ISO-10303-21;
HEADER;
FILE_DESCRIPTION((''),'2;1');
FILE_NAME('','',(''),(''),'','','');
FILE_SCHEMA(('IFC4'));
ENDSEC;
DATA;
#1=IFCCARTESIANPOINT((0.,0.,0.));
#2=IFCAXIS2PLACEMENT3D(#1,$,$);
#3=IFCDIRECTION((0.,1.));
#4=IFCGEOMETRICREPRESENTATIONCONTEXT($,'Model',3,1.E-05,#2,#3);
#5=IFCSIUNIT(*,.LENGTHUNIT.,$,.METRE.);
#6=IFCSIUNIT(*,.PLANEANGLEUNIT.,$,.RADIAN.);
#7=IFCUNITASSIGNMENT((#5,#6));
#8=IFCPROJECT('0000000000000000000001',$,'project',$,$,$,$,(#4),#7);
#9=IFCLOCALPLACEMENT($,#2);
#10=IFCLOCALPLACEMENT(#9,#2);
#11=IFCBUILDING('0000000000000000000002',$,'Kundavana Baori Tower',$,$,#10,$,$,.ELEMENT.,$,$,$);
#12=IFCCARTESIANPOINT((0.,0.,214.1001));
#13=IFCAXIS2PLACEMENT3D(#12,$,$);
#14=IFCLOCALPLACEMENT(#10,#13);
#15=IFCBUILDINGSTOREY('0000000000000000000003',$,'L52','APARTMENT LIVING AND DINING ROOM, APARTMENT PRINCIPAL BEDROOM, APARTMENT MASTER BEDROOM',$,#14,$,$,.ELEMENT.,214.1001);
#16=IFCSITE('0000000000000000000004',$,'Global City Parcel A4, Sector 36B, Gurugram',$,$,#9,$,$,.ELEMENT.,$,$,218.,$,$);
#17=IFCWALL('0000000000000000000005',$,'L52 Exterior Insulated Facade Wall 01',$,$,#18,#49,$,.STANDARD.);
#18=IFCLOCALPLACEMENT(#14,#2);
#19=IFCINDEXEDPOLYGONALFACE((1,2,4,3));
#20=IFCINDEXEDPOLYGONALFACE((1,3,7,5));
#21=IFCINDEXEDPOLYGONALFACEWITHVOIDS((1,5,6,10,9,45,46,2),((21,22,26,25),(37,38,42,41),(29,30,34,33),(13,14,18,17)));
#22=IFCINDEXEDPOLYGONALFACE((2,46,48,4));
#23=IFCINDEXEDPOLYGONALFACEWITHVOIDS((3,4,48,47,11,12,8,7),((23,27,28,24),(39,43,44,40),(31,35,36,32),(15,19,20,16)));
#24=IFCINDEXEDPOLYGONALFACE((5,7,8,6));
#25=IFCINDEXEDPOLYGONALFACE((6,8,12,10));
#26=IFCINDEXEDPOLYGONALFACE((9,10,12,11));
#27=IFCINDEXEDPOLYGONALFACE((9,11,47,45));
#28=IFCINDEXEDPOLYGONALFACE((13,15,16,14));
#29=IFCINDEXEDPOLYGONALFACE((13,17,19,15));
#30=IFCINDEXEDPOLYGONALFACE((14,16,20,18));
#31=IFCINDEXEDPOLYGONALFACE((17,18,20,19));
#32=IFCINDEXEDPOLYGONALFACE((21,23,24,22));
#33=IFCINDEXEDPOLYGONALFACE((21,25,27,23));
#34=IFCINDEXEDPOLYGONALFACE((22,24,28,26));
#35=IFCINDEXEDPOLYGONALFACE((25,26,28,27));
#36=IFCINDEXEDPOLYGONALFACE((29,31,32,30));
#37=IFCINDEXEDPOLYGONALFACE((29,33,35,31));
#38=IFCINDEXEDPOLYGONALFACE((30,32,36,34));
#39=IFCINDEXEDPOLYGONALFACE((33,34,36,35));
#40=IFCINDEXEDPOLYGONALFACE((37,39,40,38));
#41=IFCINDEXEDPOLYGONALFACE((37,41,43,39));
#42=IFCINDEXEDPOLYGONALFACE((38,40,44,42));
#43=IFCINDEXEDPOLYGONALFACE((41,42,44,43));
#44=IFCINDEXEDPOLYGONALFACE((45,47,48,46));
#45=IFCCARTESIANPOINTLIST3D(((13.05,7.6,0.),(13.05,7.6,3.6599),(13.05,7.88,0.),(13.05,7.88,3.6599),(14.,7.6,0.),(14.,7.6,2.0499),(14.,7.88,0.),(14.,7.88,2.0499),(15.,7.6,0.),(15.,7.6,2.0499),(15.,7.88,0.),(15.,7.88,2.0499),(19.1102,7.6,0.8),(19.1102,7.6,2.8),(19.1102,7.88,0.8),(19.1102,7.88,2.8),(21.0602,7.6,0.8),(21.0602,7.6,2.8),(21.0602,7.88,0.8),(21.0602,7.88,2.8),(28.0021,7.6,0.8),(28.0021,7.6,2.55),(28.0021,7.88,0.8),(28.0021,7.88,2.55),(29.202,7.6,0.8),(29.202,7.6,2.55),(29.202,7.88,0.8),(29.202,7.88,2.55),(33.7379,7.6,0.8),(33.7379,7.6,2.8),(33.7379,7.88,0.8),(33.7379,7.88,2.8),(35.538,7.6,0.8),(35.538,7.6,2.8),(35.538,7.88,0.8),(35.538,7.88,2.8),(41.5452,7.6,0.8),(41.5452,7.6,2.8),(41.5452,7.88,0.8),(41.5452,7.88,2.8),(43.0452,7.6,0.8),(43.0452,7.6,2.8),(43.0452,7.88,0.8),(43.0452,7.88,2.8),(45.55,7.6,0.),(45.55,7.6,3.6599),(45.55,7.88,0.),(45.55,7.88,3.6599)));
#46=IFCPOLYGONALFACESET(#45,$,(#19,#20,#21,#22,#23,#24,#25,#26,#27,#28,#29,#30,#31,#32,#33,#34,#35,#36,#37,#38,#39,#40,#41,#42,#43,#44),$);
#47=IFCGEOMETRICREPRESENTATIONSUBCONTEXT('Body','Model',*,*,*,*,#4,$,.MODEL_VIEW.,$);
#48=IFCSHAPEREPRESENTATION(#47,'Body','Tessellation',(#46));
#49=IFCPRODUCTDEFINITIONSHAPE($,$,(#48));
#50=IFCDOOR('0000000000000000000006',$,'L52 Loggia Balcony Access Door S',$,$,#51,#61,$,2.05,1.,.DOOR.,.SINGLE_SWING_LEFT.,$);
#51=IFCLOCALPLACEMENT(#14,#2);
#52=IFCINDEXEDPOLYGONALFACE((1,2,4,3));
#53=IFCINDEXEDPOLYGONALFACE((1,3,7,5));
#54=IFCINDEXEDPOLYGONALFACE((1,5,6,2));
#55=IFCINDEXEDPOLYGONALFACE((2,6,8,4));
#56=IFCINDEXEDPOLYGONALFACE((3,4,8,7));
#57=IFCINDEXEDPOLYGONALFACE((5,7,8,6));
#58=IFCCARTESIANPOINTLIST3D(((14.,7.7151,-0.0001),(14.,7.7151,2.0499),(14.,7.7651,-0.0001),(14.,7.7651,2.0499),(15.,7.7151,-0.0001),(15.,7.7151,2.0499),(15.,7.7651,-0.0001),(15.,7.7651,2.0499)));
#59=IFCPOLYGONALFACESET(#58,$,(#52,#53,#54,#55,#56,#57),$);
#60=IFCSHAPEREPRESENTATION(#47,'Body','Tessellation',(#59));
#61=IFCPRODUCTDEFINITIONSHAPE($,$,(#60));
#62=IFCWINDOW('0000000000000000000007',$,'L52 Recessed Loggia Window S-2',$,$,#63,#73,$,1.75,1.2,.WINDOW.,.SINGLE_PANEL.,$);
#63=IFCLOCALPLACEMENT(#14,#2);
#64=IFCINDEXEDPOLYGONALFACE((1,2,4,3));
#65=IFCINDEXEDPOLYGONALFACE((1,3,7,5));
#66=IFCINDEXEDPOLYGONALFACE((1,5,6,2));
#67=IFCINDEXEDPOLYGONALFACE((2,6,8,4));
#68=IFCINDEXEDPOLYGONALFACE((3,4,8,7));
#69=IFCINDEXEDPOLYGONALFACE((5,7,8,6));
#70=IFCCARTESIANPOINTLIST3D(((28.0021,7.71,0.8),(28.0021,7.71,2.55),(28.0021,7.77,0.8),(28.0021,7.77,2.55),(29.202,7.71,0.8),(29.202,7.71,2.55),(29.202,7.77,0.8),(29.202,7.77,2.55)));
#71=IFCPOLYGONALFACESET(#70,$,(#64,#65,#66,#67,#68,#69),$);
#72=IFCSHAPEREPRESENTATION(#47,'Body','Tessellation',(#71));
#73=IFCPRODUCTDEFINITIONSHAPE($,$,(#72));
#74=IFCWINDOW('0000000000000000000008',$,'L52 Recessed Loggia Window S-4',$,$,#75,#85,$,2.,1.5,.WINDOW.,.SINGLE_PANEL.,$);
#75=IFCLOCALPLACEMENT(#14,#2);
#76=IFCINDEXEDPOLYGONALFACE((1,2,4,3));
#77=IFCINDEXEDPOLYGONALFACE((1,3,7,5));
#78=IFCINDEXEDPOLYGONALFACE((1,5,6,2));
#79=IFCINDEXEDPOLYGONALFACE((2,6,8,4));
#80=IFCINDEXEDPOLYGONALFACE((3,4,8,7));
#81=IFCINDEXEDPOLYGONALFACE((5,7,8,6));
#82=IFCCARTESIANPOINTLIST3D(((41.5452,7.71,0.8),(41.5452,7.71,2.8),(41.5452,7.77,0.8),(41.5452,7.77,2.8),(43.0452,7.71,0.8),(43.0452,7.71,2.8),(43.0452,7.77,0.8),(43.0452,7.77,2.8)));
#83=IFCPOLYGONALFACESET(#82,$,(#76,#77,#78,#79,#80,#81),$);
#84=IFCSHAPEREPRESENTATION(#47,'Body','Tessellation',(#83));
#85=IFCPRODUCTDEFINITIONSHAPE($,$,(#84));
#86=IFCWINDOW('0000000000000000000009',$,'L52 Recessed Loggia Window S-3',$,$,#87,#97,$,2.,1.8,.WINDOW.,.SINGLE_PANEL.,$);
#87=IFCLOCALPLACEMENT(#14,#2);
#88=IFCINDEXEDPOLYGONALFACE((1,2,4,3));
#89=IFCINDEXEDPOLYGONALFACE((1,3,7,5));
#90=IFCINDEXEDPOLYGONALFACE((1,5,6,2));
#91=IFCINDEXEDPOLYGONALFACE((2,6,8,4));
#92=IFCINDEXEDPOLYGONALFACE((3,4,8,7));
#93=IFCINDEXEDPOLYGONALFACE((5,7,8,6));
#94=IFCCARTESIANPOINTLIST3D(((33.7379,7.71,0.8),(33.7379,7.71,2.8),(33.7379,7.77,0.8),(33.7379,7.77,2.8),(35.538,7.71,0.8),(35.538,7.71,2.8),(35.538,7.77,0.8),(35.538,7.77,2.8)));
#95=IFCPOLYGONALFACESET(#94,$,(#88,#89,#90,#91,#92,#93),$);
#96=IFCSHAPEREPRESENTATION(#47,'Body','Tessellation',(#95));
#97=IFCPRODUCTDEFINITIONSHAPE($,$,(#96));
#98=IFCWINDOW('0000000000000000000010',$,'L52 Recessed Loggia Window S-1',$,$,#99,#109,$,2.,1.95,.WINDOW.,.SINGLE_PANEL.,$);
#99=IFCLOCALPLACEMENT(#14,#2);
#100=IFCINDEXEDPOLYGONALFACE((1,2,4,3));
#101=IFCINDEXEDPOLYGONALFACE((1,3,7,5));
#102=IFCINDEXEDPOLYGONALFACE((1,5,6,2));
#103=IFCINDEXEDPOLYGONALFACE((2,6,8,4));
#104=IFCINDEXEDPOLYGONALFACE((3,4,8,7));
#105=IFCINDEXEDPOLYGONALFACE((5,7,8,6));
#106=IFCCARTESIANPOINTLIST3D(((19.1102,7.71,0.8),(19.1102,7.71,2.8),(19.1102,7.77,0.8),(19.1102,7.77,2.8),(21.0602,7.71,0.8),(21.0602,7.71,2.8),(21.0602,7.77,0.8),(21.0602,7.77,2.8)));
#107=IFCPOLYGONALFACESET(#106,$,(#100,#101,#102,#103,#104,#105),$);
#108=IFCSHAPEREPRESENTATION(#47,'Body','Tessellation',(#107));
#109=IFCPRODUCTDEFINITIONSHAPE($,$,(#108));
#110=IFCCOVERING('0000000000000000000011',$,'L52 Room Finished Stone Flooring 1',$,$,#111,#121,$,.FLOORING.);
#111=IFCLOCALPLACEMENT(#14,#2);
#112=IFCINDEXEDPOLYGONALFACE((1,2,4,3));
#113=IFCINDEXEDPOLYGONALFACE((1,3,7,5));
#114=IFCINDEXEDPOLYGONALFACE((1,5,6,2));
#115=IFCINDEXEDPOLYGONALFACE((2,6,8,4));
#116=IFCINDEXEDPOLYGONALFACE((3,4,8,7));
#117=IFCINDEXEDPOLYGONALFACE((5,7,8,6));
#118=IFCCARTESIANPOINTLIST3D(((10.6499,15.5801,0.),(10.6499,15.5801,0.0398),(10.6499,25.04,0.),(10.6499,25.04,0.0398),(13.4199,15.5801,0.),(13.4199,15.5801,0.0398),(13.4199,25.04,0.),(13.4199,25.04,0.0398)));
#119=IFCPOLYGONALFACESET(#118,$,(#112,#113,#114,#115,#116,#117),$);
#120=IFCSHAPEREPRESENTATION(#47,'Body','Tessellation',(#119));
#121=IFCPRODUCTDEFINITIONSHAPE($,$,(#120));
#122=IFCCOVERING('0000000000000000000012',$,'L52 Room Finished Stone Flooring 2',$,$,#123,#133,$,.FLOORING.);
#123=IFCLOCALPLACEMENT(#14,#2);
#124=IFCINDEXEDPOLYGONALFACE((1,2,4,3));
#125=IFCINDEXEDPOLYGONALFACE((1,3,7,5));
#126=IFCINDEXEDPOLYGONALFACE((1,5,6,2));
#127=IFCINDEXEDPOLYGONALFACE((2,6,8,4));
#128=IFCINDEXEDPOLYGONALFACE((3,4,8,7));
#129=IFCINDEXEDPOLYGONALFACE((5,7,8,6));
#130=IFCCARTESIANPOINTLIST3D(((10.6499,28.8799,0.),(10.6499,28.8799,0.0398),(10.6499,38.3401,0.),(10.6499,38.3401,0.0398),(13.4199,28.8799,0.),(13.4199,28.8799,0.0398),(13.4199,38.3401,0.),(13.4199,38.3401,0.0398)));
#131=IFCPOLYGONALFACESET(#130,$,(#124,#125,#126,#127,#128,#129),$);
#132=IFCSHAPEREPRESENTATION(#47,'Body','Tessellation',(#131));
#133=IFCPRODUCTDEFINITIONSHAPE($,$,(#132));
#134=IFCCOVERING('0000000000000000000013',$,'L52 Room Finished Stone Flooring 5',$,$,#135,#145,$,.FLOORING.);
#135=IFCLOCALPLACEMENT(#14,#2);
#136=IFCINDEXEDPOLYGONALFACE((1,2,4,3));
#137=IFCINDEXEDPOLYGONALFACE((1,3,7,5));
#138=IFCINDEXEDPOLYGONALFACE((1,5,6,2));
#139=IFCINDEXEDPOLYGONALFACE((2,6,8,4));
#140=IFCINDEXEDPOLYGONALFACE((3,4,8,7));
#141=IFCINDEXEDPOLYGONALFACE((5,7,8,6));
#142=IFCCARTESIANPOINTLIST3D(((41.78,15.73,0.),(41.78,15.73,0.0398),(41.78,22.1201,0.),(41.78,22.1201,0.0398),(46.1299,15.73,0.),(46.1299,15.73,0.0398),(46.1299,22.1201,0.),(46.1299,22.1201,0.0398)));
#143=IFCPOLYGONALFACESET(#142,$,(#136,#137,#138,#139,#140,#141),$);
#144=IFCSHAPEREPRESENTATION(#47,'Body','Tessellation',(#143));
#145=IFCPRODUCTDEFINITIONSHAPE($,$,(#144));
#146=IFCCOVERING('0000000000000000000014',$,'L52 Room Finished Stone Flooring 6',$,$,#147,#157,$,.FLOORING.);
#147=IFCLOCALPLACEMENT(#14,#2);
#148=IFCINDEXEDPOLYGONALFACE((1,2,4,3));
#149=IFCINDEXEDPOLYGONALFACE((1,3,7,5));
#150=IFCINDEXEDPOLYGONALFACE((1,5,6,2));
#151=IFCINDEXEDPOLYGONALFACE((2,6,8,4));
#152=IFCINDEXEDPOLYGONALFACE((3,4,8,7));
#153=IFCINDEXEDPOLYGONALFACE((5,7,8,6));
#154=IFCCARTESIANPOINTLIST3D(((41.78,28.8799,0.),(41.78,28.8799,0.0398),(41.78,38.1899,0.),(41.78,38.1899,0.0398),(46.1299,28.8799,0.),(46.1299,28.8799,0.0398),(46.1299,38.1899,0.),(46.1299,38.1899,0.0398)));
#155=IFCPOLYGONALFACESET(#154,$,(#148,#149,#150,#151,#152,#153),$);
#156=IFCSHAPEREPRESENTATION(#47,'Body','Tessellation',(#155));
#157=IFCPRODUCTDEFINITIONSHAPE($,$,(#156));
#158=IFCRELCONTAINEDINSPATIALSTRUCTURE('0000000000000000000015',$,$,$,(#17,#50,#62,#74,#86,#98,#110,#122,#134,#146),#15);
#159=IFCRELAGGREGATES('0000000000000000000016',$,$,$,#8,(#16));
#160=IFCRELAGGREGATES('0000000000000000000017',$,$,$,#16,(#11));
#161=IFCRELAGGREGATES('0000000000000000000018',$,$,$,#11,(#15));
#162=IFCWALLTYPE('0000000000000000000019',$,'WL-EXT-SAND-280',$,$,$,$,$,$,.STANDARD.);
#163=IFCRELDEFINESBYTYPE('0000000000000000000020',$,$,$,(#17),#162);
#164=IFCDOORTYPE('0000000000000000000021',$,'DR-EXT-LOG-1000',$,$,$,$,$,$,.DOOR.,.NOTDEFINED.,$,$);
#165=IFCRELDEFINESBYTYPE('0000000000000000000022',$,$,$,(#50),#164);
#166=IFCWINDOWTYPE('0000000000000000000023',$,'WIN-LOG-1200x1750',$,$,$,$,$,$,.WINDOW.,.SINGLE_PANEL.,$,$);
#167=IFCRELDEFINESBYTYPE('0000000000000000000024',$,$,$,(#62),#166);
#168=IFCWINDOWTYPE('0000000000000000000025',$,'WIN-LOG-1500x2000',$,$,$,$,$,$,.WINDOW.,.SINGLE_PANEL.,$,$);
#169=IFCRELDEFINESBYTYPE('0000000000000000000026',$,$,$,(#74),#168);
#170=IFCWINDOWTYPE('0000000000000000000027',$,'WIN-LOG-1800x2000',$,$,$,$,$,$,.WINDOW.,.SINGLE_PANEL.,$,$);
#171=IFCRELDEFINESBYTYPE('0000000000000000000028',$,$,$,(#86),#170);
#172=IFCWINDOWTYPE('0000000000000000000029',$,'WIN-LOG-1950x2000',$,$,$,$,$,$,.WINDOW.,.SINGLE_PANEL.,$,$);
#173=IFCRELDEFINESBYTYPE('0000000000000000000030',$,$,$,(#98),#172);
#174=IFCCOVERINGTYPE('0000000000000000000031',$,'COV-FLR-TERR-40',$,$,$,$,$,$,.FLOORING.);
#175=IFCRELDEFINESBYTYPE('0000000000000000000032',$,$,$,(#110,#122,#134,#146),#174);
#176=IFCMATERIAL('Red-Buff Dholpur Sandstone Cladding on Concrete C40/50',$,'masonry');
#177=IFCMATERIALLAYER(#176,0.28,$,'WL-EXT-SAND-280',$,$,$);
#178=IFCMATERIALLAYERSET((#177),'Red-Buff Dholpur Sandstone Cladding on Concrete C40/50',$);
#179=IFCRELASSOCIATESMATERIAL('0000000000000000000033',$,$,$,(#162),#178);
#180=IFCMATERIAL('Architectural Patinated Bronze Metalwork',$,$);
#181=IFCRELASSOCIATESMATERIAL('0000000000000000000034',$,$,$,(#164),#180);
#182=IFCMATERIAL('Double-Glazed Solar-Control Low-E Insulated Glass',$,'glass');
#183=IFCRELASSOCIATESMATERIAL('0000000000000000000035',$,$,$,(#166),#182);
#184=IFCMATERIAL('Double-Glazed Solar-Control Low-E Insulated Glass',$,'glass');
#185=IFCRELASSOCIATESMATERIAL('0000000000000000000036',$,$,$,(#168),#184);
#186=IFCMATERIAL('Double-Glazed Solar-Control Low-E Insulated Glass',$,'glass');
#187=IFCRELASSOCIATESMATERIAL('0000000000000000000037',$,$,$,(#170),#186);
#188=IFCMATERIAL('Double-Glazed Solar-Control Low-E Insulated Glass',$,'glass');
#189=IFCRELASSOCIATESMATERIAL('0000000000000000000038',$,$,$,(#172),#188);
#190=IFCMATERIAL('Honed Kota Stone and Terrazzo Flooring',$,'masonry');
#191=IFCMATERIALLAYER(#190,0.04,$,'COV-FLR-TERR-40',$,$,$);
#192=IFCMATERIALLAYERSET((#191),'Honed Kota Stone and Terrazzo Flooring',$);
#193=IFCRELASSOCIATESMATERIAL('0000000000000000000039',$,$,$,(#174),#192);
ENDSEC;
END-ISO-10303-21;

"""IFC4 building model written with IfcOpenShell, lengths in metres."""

from ifc_helpers import new_model, si_unit, direction, frame, frame_2d, origin, place, context, subcontext, project, spatial, polyline, rectangle, outline, extrude, material, layer, layer_set, type_object, element, fill, save


model = new_model("IFC4")

# Units and contexts
model_context = context("Model", 3, precision=1e-05, world=origin(), true_north=direction((0.0, 1.0)))
body_context = subcontext(model_context, "Body", "Model", "MODEL_VIEW")
ifc_project = project(units=[si_unit("LENGTHUNIT", "METRE"), si_unit("PLANEANGLEUNIT", "RADIAN")], contexts=[model_context])

# Site, building, storey
site_placement = place(None, origin())
site = spatial("IfcSite", under=ifc_project, at=site_placement, Name="Global City Parcel A4, Sector 36B, Gurugram", CompositionType="ELEMENT", RefElevation=218.0)
building_placement = place(site_placement, origin())
building = spatial("IfcBuilding", under=site, at=building_placement, Name="Kundavana Baori Tower", CompositionType="ELEMENT")
storey_placement = place(building_placement, frame((0.0, 0.0, 214.1001)))
storey = spatial("IfcBuildingStorey", under=building, at=storey_placement, Name="L52", Description="APARTMENT LIVING AND DINING ROOM, APARTMENT PRINCIPAL BEDROOM, APARTMENT MASTER BEDROOM", CompositionType="ELEMENT", Elevation=214.1001)

# Wall, openings, door, windows
ifc_material_1 = material(Name="Red-Buff Dholpur Sandstone Cladding on Concrete C40/50", Category="masonry")
ifc_layer_1 = layer(ifc_material_1, 0.28, Name="WL-EXT-SAND-280")
ifc_layer_set_1 = layer_set([ifc_layer_1], Name="Red-Buff Dholpur Sandstone Cladding on Concrete C40/50")
wall_type = type_object("IfcWallType", Name="WL-EXT-SAND-280", PredefinedType="STANDARD", material=ifc_layer_set_1)
wall_placement = place(storey_placement, frame((13.05, 7.74, 0.0), z_axis=(0.0, 0.0, 1.0), x_axis=(1.0, 0.0, 0.0)))
wall = element("IfcWall", 1, at=wall_placement, inside=storey, type_object=wall_type, Name="L52 Exterior Insulated Facade Wall 01", PredefinedType="STANDARD", context=body_context, shape_type="SweptSolid", body=[
    extrude(rectangle(XDim=32.5, YDim=0.28, at=frame_2d((16.25, 0.0))), origin(), (0.0, 0.0, 1.0), 3.6599),
])
opening_1_placement = place(wall_placement, frame((0.95, 0.0, 0.0)))
opening_1 = element("IfcOpeningElement", 2, at=opening_1_placement, cuts=wall, PredefinedType="OPENING", context=body_context, shape_type="SweptSolid", body=[
    extrude(rectangle(XDim=1.0, YDim=2.05, at=frame_2d((0.5, 1.0249))), frame((0.0, 0.1499, 0.0), z_axis=(0.0, -1.0, 0.0), x_axis=(1.0, 0.0, 0.0)), (0.0, 0.0, 1.0), 0.3),
])
opening_2_placement = place(wall_placement, frame((6.0601, 0.0, 0.8)))
opening_2 = element("IfcOpeningElement", 3, at=opening_2_placement, cuts=wall, PredefinedType="OPENING", context=body_context, shape_type="SweptSolid", body=[
    extrude(rectangle(XDim=1.95, YDim=2.0, at=frame_2d((0.9751, 1.0))), frame((0.0, 0.1499, 0.0), z_axis=(0.0, -1.0, 0.0), x_axis=(1.0, 0.0, 0.0)), (0.0, 0.0, 1.0), 0.3),
])
opening_3_placement = place(wall_placement, frame((14.9519, 0.0, 0.8)))
opening_3 = element("IfcOpeningElement", 4, at=opening_3_placement, cuts=wall, PredefinedType="OPENING", context=body_context, shape_type="SweptSolid", body=[
    extrude(rectangle(XDim=1.2, YDim=1.75, at=frame_2d((0.6001, 0.875))), frame((0.0, 0.1499, 0.0), z_axis=(0.0, -1.0, 0.0), x_axis=(1.0, 0.0, 0.0)), (0.0, 0.0, 1.0), 0.3),
])
opening_4_placement = place(wall_placement, frame((20.688, 0.0, 0.8)))
opening_4 = element("IfcOpeningElement", 5, at=opening_4_placement, cuts=wall, PredefinedType="OPENING", context=body_context, shape_type="SweptSolid", body=[
    extrude(rectangle(XDim=1.8, YDim=2.0, at=frame_2d((0.8999, 1.0))), frame((0.0, 0.1499, 0.0), z_axis=(0.0, -1.0, 0.0), x_axis=(1.0, 0.0, 0.0)), (0.0, 0.0, 1.0), 0.3),
])
opening_5_placement = place(wall_placement, frame((28.4951, 0.0, 0.8)))
opening_5 = element("IfcOpeningElement", 6, at=opening_5_placement, cuts=wall, PredefinedType="OPENING", context=body_context, shape_type="SweptSolid", body=[
    extrude(rectangle(XDim=1.5, YDim=2.0, at=frame_2d((0.75, 1.0))), frame((0.0, 0.1499, 0.0), z_axis=(0.0, -1.0, 0.0), x_axis=(1.0, 0.0, 0.0)), (0.0, 0.0, 1.0), 0.3),
])
ifc_material_2 = material(Name="Architectural Patinated Bronze Metalwork")
door_type = type_object("IfcDoorType", Name="DR-EXT-LOG-1000", OperationType="NOTDEFINED", PredefinedType="DOOR", material=ifc_material_2)
door_placement = place(opening_1_placement, frame((1.0, 0.0, 0.0), z_axis=(0.0, 0.0, 1.0), x_axis=(-1.0, 0.0, 0.0)))
door = element("IfcDoor", 7, at=door_placement, inside=storey, type_object=door_type, Name="L52 Loggia Balcony Access Door S", OperationType="SINGLE_SWING_LEFT", OverallHeight=2.05, OverallWidth=1.0, PredefinedType="DOOR", context=body_context, shape_type="SweptSolid", body=[
    extrude(rectangle(XDim=1.0, YDim=2.05, at=frame_2d((0.5, 1.0249))), frame((0.0, 0.0249, 0.0), z_axis=(0.0, -1.0, 0.0), x_axis=(1.0, 0.0, 0.0)), (0.0, 0.0, 1.0), 0.05),
])
fill(opening_1, door)
ifc_material_3 = material(Name="Double-Glazed Solar-Control Low-E Insulated Glass", Category="glass")
window_type_1 = type_object("IfcWindowType", Name="WIN-LOG-1200x1750", PartitioningType="SINGLE_PANEL", PredefinedType="WINDOW", material=ifc_material_3)
window_1_placement = place(opening_3_placement, origin())
window_1 = element("IfcWindow", 8, at=window_1_placement, inside=storey, type_object=window_type_1, Name="L52 Recessed Loggia Window S-2", OverallHeight=1.75, OverallWidth=1.2, PartitioningType="SINGLE_PANEL", PredefinedType="WINDOW", context=body_context, shape_type="SweptSolid", body=[
    extrude(rectangle(XDim=1.2, YDim=1.75, at=frame_2d((0.6001, 0.875))), frame((0.0, 0.03, 0.0), z_axis=(0.0, -1.0, 0.0), x_axis=(1.0, 0.0, 0.0)), (0.0, 0.0, 1.0), 0.0601),
])
fill(opening_3, window_1)
ifc_material_4 = material(Name="Double-Glazed Solar-Control Low-E Insulated Glass", Category="glass")
window_type_2 = type_object("IfcWindowType", Name="WIN-LOG-1500x2000", PartitioningType="SINGLE_PANEL", PredefinedType="WINDOW", material=ifc_material_4)
window_2_placement = place(opening_5_placement, origin())
window_2 = element("IfcWindow", 9, at=window_2_placement, inside=storey, type_object=window_type_2, Name="L52 Recessed Loggia Window S-4", OverallHeight=2.0, OverallWidth=1.5, PartitioningType="SINGLE_PANEL", PredefinedType="WINDOW", context=body_context, shape_type="SweptSolid", body=[
    extrude(rectangle(XDim=1.5, YDim=2.0, at=frame_2d((0.75, 1.0))), frame((0.0, 0.03, 0.0), z_axis=(0.0, -1.0, 0.0), x_axis=(1.0, 0.0, 0.0)), (0.0, 0.0, 1.0), 0.0601),
])
fill(opening_5, window_2)
ifc_material_5 = material(Name="Double-Glazed Solar-Control Low-E Insulated Glass", Category="glass")
window_type_3 = type_object("IfcWindowType", Name="WIN-LOG-1800x2000", PartitioningType="SINGLE_PANEL", PredefinedType="WINDOW", material=ifc_material_5)
window_3_placement = place(opening_4_placement, origin())
window_3 = element("IfcWindow", 10, at=window_3_placement, inside=storey, type_object=window_type_3, Name="L52 Recessed Loggia Window S-3", OverallHeight=2.0, OverallWidth=1.8, PartitioningType="SINGLE_PANEL", PredefinedType="WINDOW", context=body_context, shape_type="SweptSolid", body=[
    extrude(rectangle(XDim=1.8, YDim=2.0, at=frame_2d((0.8999, 1.0))), frame((0.0, 0.03, 0.0), z_axis=(0.0, -1.0, 0.0), x_axis=(1.0, 0.0, 0.0)), (0.0, 0.0, 1.0), 0.0601),
])
fill(opening_4, window_3)
ifc_material_6 = material(Name="Double-Glazed Solar-Control Low-E Insulated Glass", Category="glass")
window_type_4 = type_object("IfcWindowType", Name="WIN-LOG-1950x2000", PartitioningType="SINGLE_PANEL", PredefinedType="WINDOW", material=ifc_material_6)
window_4_placement = place(opening_2_placement, origin())
window_4 = element("IfcWindow", 11, at=window_4_placement, inside=storey, type_object=window_type_4, Name="L52 Recessed Loggia Window S-1", OverallHeight=2.0, OverallWidth=1.95, PartitioningType="SINGLE_PANEL", PredefinedType="WINDOW", context=body_context, shape_type="SweptSolid", body=[
    extrude(rectangle(XDim=1.95, YDim=2.0, at=frame_2d((0.9751, 1.0))), frame((0.0, 0.03, 0.0), z_axis=(0.0, -1.0, 0.0), x_axis=(1.0, 0.0, 0.0)), (0.0, 0.0, 1.0), 0.0601),
])
fill(opening_2, window_4)

# Coverings
ifc_material_7 = material(Name="Honed Kota Stone and Terrazzo Flooring", Category="masonry")
ifc_layer_2 = layer(ifc_material_7, 0.04, Name="COV-FLR-TERR-40")
ifc_layer_set_2 = layer_set([ifc_layer_2], Name="Honed Kota Stone and Terrazzo Flooring")
covering_type_1 = type_object("IfcCoveringType", Name="COV-FLR-TERR-40", PredefinedType="FLOORING", material=ifc_layer_set_2)
covering_1_placement = place(storey_placement, origin())
element("IfcCovering", 12, at=covering_1_placement, inside=storey, type_object=covering_type_1, Name="L52 Room Finished Stone Flooring 1", PredefinedType="FLOORING", context=body_context, shape_type="SweptSolid", body=[
    extrude(outline(polyline([(10.6499, 15.5801), (13.4199, 15.5801), (13.4199, 25.04), (10.6499, 25.04), (10.6499, 15.5801)])), origin(), (0.0, 0.0, 1.0), 0.0398),
])
covering_2_placement = place(storey_placement, origin())
element("IfcCovering", 13, at=covering_2_placement, inside=storey, type_object=covering_type_1, Name="L52 Room Finished Stone Flooring 2", PredefinedType="FLOORING", context=body_context, shape_type="SweptSolid", body=[
    extrude(outline(polyline([(10.6499, 28.8799), (13.4199, 28.8799), (13.4199, 38.3401), (10.6499, 38.3401), (10.6499, 28.8799)])), origin(), (0.0, 0.0, 1.0), 0.0398),
])
covering_3_placement = place(storey_placement, origin())
element("IfcCovering", 14, at=covering_3_placement, inside=storey, type_object=covering_type_1, Name="L52 Room Finished Stone Flooring 5", PredefinedType="FLOORING", context=body_context, shape_type="SweptSolid", body=[
    extrude(outline(polyline([(41.78, 15.73), (46.1299, 15.73), (46.1299, 22.1201), (41.78, 22.1201), (41.78, 15.73)])), origin(), (0.0, 0.0, 1.0), 0.0398),
])
covering_4_placement = place(storey_placement, origin())
element("IfcCovering", 15, at=covering_4_placement, inside=storey, type_object=covering_type_1, Name="L52 Room Finished Stone Flooring 6", PredefinedType="FLOORING", context=body_context, shape_type="SweptSolid", body=[
    extrude(outline(polyline([(41.78, 28.8799), (46.1299, 28.8799), (46.1299, 38.1899), (41.78, 38.1899), (41.78, 28.8799)])), origin(), (0.0, 0.0, 1.0), 0.0398),
])

save(model, "model.ifc")
